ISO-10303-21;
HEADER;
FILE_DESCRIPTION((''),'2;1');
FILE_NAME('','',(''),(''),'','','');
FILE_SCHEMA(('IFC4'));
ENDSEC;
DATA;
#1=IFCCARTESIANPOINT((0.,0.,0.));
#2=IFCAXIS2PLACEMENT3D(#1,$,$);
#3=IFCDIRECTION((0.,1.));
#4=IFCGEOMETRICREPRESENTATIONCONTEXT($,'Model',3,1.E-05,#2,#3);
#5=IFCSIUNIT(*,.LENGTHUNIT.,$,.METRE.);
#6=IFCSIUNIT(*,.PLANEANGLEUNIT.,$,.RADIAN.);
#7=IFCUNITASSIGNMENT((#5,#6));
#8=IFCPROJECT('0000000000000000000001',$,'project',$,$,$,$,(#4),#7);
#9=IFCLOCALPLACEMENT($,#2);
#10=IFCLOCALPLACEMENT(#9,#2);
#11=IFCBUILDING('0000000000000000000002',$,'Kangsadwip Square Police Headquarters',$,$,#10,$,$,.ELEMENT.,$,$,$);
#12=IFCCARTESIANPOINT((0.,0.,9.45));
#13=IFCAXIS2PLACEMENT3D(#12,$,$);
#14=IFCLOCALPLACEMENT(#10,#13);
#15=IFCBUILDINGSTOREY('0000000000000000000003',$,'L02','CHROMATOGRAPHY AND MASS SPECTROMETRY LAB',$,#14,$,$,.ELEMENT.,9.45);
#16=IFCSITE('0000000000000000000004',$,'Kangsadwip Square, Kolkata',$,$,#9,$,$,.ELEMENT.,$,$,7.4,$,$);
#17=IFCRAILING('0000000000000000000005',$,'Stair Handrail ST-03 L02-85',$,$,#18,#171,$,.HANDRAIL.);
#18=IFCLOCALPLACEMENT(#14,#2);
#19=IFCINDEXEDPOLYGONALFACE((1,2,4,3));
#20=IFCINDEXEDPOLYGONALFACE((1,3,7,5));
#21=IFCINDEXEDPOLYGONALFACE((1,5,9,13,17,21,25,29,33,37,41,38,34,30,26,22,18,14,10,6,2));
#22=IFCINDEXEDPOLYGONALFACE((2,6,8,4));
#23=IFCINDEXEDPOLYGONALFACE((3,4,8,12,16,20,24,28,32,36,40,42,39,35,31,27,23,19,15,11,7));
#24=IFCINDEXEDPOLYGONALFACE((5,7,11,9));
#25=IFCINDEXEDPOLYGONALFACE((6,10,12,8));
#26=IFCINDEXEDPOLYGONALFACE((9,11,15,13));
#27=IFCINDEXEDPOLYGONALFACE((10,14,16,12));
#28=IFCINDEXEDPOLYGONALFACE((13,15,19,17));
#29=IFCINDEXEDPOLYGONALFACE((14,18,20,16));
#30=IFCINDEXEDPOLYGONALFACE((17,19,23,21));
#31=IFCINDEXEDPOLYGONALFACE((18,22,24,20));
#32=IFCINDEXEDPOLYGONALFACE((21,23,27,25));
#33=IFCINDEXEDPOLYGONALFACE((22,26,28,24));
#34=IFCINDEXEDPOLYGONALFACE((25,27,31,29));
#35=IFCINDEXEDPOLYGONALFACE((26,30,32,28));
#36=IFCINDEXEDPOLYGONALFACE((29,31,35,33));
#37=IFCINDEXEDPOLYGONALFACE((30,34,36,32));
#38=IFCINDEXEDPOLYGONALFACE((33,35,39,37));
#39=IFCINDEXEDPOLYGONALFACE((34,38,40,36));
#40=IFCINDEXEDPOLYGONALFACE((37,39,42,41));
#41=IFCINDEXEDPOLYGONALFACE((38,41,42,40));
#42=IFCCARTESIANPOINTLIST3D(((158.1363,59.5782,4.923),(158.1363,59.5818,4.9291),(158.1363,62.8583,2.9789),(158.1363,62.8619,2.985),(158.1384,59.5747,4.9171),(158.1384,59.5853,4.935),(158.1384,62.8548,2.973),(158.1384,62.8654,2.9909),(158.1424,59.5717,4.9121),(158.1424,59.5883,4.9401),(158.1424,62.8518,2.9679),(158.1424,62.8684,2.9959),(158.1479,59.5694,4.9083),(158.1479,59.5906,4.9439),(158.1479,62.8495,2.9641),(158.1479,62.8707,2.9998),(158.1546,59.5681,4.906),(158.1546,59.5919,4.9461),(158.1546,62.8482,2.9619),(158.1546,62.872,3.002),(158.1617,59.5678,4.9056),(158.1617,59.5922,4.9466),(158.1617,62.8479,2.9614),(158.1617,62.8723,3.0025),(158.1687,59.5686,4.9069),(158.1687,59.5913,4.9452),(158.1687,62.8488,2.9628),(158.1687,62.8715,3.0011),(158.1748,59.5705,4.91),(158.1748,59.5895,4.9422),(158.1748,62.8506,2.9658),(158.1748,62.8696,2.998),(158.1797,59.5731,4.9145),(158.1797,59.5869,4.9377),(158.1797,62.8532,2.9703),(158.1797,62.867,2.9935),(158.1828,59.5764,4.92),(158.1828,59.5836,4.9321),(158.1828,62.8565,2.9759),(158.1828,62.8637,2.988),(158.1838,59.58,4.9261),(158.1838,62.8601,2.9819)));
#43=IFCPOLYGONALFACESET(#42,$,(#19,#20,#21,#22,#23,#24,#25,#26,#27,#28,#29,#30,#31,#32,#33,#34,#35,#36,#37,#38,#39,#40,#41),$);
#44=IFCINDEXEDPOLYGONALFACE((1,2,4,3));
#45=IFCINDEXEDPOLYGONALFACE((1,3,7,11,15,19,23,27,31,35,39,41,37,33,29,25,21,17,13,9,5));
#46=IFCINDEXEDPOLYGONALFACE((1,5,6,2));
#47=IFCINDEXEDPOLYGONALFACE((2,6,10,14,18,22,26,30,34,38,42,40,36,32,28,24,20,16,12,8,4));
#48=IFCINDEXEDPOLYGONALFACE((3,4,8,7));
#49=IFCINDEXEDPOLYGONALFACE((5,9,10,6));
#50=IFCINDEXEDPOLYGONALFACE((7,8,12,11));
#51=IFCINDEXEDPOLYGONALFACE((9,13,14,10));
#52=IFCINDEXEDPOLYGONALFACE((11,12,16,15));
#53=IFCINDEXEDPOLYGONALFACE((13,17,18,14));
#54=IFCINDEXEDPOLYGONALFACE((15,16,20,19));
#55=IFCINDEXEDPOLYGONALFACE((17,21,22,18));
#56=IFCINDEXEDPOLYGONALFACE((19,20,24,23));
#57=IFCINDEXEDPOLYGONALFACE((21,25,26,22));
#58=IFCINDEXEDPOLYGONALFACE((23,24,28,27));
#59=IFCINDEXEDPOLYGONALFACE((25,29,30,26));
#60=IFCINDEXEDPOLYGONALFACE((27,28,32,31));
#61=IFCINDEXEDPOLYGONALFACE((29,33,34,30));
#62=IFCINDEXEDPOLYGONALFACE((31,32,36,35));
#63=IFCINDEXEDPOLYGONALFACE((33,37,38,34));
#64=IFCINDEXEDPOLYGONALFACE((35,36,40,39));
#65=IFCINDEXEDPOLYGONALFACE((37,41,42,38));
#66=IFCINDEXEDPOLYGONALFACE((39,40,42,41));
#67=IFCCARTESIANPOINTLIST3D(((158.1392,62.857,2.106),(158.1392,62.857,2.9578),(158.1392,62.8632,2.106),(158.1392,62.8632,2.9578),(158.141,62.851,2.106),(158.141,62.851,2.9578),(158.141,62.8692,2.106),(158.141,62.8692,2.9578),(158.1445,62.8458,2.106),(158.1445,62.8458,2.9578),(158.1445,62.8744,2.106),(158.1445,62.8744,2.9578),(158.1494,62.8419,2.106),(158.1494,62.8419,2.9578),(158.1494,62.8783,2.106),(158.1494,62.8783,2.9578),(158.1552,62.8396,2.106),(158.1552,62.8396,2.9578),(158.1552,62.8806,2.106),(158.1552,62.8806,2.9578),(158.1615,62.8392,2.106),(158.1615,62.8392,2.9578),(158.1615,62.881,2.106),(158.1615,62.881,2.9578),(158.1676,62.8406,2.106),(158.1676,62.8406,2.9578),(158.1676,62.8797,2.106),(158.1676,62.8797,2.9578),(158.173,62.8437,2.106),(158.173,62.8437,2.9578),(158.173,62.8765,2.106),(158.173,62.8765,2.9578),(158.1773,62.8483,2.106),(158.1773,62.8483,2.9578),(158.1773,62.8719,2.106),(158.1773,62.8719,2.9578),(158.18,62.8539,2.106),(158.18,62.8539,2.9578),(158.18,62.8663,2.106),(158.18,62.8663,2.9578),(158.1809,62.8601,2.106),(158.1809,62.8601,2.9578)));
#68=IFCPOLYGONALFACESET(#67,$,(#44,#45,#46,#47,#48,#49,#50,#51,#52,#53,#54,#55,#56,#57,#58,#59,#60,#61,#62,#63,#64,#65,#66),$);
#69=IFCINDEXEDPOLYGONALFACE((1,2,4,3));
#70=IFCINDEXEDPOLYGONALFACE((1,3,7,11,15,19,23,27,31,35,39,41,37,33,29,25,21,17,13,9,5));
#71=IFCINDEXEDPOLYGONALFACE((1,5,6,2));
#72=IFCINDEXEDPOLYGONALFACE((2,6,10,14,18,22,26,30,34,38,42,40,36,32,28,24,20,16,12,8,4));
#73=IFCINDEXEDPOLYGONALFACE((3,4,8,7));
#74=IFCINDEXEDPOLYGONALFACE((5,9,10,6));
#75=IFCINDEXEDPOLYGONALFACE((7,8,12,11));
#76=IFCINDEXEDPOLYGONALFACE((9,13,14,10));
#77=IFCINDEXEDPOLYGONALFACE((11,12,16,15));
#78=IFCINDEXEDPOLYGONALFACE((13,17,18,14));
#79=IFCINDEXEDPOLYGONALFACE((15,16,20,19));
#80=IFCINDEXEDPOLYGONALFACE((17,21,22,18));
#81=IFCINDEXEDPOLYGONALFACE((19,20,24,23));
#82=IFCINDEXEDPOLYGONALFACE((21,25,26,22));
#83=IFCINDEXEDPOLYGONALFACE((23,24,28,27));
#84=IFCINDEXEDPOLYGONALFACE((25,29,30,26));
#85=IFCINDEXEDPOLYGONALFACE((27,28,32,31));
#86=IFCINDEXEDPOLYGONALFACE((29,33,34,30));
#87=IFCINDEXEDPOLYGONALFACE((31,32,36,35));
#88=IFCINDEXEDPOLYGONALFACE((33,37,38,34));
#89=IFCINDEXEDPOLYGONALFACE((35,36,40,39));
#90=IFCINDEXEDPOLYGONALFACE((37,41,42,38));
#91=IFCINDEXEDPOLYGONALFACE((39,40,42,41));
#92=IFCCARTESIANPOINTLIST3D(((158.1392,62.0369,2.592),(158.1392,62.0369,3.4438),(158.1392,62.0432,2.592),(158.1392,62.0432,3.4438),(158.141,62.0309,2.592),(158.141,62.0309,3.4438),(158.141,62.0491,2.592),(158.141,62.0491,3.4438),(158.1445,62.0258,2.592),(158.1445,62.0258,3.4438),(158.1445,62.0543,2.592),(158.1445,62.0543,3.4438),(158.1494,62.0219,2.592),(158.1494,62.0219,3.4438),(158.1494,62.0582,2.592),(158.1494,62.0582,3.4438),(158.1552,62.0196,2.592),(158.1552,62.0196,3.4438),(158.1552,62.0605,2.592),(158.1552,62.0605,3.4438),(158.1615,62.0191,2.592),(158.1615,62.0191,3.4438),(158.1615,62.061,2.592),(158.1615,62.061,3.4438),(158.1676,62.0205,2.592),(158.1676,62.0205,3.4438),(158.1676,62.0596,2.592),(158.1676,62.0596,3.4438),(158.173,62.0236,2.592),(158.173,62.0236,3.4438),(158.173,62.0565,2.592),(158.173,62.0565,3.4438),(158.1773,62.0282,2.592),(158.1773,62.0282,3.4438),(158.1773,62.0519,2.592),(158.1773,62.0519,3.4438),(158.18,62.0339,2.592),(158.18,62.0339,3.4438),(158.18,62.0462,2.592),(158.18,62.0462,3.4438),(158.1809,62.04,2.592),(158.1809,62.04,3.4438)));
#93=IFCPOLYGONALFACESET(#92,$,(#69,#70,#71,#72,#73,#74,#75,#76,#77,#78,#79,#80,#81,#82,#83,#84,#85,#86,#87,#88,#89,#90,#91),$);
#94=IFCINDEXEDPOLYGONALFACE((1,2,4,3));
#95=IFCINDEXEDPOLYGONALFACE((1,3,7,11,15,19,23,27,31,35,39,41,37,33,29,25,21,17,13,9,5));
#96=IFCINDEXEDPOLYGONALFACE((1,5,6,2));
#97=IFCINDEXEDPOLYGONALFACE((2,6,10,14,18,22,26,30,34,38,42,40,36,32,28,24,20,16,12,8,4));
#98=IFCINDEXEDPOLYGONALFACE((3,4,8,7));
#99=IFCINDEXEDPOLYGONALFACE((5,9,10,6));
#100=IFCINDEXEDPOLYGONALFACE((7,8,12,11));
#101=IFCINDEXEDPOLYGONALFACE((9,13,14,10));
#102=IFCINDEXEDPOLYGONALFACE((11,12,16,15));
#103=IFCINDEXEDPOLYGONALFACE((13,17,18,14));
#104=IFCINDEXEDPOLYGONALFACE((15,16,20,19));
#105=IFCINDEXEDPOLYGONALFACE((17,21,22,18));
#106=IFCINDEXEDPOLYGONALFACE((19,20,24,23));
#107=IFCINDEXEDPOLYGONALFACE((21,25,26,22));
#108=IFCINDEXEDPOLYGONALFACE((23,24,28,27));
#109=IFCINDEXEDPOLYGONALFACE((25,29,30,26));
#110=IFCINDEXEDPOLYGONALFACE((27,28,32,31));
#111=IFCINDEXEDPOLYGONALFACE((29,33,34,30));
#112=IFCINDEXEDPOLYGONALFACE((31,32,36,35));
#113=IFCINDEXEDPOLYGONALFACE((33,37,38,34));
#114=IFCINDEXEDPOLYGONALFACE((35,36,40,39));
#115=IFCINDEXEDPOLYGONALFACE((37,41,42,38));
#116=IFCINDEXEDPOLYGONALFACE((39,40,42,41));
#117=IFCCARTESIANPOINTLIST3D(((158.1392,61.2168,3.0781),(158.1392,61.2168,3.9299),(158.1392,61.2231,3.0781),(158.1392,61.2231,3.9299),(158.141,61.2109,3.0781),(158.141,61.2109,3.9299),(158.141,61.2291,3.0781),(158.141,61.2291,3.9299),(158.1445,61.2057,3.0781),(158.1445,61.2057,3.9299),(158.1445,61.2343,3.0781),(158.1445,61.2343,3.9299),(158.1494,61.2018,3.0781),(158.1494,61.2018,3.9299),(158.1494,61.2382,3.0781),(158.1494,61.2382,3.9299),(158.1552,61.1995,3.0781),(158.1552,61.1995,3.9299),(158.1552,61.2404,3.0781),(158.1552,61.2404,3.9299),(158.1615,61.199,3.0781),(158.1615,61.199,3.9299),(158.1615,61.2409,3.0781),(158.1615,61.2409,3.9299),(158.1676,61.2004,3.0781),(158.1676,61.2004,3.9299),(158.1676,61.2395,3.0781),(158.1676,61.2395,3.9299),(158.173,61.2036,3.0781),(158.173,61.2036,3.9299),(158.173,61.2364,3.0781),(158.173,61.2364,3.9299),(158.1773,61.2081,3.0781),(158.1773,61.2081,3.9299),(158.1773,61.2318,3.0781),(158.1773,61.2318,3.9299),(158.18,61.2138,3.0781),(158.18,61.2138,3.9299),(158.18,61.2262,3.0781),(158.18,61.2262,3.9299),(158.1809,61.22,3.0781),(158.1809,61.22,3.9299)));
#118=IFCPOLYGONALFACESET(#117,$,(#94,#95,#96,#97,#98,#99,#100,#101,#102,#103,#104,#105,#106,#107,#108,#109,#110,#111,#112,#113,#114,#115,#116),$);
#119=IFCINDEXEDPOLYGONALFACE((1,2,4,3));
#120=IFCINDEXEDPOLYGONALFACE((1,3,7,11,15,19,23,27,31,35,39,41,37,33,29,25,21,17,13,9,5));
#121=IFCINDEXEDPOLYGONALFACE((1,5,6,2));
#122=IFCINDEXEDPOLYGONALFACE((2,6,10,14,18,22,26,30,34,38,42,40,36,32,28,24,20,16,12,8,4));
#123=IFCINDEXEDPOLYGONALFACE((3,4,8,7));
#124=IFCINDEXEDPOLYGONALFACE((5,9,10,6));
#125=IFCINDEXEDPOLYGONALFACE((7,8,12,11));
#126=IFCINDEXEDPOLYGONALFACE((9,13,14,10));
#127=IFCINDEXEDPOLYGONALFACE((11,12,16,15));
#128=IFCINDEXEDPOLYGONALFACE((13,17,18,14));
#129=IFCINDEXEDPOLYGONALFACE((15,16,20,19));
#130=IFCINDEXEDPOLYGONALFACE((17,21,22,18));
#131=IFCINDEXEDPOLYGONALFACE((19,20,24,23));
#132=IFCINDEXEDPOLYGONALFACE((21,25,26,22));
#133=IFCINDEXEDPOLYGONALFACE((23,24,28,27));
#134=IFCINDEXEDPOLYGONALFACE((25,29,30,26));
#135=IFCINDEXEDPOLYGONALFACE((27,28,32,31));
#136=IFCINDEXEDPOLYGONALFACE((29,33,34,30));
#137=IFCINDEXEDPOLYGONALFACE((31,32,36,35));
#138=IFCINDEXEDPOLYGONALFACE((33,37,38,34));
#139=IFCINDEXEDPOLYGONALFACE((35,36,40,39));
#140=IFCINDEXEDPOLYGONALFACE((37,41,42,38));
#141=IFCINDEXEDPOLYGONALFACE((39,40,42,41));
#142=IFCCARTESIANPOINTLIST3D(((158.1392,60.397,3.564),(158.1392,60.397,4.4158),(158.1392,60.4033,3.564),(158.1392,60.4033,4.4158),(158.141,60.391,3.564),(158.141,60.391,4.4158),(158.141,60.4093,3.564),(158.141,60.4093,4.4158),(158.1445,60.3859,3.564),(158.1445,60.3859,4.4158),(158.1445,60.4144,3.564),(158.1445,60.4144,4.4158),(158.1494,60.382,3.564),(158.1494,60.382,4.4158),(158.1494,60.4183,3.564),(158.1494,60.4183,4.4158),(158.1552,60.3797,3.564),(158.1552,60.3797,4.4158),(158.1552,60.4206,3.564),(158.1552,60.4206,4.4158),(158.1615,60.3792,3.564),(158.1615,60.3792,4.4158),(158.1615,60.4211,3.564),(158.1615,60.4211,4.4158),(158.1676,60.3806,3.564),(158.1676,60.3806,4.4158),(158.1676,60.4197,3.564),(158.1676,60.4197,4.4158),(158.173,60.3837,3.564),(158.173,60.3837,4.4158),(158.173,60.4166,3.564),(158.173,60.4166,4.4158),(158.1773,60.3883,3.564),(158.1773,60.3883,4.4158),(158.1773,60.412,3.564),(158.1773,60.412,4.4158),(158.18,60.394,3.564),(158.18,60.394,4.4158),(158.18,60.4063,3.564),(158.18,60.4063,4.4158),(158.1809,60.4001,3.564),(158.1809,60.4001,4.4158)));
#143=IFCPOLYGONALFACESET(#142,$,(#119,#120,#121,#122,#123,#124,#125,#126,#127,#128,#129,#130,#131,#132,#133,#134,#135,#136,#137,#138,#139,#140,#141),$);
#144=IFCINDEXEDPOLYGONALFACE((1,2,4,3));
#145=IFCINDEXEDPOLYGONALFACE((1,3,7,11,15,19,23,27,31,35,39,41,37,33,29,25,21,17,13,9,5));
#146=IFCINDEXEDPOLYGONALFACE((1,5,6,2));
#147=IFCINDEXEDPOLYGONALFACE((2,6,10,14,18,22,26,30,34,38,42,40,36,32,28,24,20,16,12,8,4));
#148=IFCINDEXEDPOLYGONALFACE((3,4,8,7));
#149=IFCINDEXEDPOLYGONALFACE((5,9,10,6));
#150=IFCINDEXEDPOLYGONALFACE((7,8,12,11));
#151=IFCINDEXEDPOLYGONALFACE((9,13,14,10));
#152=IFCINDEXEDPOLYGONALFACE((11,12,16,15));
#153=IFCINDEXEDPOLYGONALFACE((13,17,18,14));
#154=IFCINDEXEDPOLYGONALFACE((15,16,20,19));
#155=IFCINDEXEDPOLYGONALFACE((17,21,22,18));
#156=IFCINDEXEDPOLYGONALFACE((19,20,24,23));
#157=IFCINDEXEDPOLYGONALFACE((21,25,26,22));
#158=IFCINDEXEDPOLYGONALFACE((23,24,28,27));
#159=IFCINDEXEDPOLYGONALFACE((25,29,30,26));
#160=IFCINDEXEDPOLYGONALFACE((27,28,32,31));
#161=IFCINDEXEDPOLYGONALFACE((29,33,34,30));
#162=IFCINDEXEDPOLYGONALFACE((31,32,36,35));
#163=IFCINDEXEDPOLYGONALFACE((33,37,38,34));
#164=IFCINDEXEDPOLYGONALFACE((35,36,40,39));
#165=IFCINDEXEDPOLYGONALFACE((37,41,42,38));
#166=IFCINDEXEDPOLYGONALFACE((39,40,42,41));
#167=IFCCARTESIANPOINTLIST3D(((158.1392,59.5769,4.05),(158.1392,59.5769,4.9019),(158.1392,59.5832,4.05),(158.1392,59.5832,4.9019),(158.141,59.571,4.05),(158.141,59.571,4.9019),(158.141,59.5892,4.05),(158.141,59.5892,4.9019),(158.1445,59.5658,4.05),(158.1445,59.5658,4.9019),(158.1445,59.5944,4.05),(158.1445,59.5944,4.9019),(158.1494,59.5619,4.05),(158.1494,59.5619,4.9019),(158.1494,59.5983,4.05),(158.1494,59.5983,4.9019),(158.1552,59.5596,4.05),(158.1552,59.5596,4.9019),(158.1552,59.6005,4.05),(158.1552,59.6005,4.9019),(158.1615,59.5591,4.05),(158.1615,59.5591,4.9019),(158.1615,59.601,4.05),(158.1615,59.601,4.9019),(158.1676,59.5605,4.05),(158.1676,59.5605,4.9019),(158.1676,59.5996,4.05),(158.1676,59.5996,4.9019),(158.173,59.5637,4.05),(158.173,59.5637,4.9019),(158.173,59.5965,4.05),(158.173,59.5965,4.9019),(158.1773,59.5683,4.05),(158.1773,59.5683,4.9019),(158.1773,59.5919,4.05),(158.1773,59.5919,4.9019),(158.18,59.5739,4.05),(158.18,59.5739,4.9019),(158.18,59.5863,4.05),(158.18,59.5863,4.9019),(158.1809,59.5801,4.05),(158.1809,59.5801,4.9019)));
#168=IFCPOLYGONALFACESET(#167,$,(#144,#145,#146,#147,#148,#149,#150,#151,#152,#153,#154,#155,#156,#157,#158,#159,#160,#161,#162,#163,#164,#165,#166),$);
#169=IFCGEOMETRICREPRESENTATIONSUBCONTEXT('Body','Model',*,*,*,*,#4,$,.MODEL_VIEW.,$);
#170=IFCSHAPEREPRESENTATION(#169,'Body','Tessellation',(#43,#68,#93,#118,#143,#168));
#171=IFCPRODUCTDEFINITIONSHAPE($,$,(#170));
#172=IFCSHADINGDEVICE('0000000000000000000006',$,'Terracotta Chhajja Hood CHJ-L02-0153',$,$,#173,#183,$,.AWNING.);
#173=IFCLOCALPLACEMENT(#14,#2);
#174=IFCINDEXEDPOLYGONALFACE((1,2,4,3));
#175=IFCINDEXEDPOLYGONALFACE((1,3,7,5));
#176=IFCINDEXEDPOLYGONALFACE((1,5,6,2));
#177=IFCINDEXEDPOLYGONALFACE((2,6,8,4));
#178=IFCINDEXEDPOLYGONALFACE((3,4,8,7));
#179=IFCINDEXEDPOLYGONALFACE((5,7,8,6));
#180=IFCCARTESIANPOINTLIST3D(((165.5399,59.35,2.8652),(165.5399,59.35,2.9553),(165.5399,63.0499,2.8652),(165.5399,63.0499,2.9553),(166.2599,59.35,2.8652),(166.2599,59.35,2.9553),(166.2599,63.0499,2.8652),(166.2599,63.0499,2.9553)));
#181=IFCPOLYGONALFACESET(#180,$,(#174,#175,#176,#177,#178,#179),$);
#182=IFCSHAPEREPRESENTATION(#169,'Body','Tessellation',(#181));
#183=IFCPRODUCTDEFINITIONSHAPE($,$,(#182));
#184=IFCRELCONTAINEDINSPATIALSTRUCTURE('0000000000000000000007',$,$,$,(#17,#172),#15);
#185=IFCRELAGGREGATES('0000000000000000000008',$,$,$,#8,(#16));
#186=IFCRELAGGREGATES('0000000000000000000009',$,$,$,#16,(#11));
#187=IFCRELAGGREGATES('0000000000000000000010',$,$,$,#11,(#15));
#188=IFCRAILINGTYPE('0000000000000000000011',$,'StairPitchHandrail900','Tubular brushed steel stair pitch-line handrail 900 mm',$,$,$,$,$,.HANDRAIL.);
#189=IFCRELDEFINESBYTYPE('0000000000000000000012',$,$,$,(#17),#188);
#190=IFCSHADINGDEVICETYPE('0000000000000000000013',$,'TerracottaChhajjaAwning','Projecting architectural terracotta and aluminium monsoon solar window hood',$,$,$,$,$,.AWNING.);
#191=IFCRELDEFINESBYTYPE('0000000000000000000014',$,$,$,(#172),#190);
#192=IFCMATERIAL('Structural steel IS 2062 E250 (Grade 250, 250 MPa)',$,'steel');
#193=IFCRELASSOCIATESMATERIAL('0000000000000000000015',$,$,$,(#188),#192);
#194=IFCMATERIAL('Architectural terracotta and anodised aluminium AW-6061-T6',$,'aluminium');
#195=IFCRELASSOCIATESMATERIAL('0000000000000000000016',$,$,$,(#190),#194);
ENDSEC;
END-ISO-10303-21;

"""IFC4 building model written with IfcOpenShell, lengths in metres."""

from ifc_helpers import new_model, si_unit, direction, frame, origin, origin_2d, place, context, subcontext, project, spatial, rectangle, circle, extrude, material, type_object, element, save


model = new_model("IFC4")

# Units and contexts
model_context = context("Model", 3, precision=1e-05, world=origin(), true_north=direction((0.0, 1.0)))
body_context = subcontext(model_context, "Body", "Model", "MODEL_VIEW")
ifc_project = project(units=[si_unit("LENGTHUNIT", "METRE"), si_unit("PLANEANGLEUNIT", "RADIAN")], contexts=[model_context])

# Site, building, storey
site_placement = place(None, origin())
site = spatial("IfcSite", under=ifc_project, at=site_placement, Name="Kangsadwip Square, Kolkata", CompositionType="ELEMENT", RefElevation=7.4)
building_placement = place(site_placement, origin())
building = spatial("IfcBuilding", under=site, at=building_placement, Name="Kangsadwip Square Police Headquarters", CompositionType="ELEMENT")
storey_placement = place(building_placement, frame((0.0, 0.0, 9.45)))
storey = spatial("IfcBuildingStorey", under=building, at=storey_placement, Name="L02", Description="CHROMATOGRAPHY AND MASS SPECTROMETRY LAB", CompositionType="ELEMENT", Elevation=9.45)

# Railing
ifc_material_1 = material(Name="Structural steel IS 2062 E250 (Grade 250, 250 MPa)", Category="steel")
railing_type = type_object("IfcRailingType", Name="StairPitchHandrail900", Description="Tubular brushed steel stair pitch-line handrail 900 mm", PredefinedType="HANDRAIL", material=ifc_material_1)
railing_placement = place(storey_placement, frame((158.1599, 62.8601, 2.106)))
element("IfcRailing", 1, at=railing_placement, inside=storey, type_object=railing_type, Name="Stair Handrail ST-03 L02-85", PredefinedType="HANDRAIL", context=body_context, shape_type="SweptSolid", body=[
    extrude(circle(Radius=0.0239, at=origin_2d()), frame((0.0, 0.0, 0.876), z_axis=(0.0, -0.860249, 0.509874), x_axis=(1.0, 0.0, 0.0)), (0.0, 0.0, 1.0), 3.813),
    extrude(circle(Radius=0.021, at=origin_2d()), origin(), (0.0, 0.0, 1.0), 0.8518),
    extrude(circle(Radius=0.021, at=origin_2d()), frame((0.0, -0.8201, 0.4861)), (0.0, 0.0, 1.0), 0.8518),
    extrude(circle(Radius=0.021, at=origin_2d()), frame((0.0, -1.6401, 0.9722)), (0.0, 0.0, 1.0), 0.8518),
    extrude(circle(Radius=0.021, at=origin_2d()), frame((0.0, -2.46, 1.458)), (0.0, 0.0, 1.0), 0.8518),
    extrude(circle(Radius=0.021, at=origin_2d()), frame((0.0, -3.28, 1.9441)), (0.0, 0.0, 1.0), 0.8518),
])

# Shading device
ifc_material_2 = material(Name="Architectural terracotta and anodised aluminium AW-6061-T6", Category="aluminium")
shading_device_type = type_object("IfcShadingDeviceType", Name="TerracottaChhajjaAwning", Description="Projecting architectural terracotta and aluminium monsoon solar window hood", PredefinedType="AWNING", material=ifc_material_2)
shading_device_placement = place(storey_placement, frame((165.8999, 61.2, 2.8652), z_axis=(0.0, 0.0, 1.0), x_axis=(0.0, 1.0, 0.0)))
element("IfcShadingDevice", 2, at=shading_device_placement, inside=storey, type_object=shading_device_type, Name="Terracotta Chhajja Hood CHJ-L02-0153", PredefinedType="AWNING", context=body_context, shape_type="SweptSolid", body=[
    extrude(rectangle(XDim=3.7, YDim=0.72, at=origin_2d()), origin(), (0.0, 0.0, 1.0), 0.0901),
])

save(model, "model.ifc")
